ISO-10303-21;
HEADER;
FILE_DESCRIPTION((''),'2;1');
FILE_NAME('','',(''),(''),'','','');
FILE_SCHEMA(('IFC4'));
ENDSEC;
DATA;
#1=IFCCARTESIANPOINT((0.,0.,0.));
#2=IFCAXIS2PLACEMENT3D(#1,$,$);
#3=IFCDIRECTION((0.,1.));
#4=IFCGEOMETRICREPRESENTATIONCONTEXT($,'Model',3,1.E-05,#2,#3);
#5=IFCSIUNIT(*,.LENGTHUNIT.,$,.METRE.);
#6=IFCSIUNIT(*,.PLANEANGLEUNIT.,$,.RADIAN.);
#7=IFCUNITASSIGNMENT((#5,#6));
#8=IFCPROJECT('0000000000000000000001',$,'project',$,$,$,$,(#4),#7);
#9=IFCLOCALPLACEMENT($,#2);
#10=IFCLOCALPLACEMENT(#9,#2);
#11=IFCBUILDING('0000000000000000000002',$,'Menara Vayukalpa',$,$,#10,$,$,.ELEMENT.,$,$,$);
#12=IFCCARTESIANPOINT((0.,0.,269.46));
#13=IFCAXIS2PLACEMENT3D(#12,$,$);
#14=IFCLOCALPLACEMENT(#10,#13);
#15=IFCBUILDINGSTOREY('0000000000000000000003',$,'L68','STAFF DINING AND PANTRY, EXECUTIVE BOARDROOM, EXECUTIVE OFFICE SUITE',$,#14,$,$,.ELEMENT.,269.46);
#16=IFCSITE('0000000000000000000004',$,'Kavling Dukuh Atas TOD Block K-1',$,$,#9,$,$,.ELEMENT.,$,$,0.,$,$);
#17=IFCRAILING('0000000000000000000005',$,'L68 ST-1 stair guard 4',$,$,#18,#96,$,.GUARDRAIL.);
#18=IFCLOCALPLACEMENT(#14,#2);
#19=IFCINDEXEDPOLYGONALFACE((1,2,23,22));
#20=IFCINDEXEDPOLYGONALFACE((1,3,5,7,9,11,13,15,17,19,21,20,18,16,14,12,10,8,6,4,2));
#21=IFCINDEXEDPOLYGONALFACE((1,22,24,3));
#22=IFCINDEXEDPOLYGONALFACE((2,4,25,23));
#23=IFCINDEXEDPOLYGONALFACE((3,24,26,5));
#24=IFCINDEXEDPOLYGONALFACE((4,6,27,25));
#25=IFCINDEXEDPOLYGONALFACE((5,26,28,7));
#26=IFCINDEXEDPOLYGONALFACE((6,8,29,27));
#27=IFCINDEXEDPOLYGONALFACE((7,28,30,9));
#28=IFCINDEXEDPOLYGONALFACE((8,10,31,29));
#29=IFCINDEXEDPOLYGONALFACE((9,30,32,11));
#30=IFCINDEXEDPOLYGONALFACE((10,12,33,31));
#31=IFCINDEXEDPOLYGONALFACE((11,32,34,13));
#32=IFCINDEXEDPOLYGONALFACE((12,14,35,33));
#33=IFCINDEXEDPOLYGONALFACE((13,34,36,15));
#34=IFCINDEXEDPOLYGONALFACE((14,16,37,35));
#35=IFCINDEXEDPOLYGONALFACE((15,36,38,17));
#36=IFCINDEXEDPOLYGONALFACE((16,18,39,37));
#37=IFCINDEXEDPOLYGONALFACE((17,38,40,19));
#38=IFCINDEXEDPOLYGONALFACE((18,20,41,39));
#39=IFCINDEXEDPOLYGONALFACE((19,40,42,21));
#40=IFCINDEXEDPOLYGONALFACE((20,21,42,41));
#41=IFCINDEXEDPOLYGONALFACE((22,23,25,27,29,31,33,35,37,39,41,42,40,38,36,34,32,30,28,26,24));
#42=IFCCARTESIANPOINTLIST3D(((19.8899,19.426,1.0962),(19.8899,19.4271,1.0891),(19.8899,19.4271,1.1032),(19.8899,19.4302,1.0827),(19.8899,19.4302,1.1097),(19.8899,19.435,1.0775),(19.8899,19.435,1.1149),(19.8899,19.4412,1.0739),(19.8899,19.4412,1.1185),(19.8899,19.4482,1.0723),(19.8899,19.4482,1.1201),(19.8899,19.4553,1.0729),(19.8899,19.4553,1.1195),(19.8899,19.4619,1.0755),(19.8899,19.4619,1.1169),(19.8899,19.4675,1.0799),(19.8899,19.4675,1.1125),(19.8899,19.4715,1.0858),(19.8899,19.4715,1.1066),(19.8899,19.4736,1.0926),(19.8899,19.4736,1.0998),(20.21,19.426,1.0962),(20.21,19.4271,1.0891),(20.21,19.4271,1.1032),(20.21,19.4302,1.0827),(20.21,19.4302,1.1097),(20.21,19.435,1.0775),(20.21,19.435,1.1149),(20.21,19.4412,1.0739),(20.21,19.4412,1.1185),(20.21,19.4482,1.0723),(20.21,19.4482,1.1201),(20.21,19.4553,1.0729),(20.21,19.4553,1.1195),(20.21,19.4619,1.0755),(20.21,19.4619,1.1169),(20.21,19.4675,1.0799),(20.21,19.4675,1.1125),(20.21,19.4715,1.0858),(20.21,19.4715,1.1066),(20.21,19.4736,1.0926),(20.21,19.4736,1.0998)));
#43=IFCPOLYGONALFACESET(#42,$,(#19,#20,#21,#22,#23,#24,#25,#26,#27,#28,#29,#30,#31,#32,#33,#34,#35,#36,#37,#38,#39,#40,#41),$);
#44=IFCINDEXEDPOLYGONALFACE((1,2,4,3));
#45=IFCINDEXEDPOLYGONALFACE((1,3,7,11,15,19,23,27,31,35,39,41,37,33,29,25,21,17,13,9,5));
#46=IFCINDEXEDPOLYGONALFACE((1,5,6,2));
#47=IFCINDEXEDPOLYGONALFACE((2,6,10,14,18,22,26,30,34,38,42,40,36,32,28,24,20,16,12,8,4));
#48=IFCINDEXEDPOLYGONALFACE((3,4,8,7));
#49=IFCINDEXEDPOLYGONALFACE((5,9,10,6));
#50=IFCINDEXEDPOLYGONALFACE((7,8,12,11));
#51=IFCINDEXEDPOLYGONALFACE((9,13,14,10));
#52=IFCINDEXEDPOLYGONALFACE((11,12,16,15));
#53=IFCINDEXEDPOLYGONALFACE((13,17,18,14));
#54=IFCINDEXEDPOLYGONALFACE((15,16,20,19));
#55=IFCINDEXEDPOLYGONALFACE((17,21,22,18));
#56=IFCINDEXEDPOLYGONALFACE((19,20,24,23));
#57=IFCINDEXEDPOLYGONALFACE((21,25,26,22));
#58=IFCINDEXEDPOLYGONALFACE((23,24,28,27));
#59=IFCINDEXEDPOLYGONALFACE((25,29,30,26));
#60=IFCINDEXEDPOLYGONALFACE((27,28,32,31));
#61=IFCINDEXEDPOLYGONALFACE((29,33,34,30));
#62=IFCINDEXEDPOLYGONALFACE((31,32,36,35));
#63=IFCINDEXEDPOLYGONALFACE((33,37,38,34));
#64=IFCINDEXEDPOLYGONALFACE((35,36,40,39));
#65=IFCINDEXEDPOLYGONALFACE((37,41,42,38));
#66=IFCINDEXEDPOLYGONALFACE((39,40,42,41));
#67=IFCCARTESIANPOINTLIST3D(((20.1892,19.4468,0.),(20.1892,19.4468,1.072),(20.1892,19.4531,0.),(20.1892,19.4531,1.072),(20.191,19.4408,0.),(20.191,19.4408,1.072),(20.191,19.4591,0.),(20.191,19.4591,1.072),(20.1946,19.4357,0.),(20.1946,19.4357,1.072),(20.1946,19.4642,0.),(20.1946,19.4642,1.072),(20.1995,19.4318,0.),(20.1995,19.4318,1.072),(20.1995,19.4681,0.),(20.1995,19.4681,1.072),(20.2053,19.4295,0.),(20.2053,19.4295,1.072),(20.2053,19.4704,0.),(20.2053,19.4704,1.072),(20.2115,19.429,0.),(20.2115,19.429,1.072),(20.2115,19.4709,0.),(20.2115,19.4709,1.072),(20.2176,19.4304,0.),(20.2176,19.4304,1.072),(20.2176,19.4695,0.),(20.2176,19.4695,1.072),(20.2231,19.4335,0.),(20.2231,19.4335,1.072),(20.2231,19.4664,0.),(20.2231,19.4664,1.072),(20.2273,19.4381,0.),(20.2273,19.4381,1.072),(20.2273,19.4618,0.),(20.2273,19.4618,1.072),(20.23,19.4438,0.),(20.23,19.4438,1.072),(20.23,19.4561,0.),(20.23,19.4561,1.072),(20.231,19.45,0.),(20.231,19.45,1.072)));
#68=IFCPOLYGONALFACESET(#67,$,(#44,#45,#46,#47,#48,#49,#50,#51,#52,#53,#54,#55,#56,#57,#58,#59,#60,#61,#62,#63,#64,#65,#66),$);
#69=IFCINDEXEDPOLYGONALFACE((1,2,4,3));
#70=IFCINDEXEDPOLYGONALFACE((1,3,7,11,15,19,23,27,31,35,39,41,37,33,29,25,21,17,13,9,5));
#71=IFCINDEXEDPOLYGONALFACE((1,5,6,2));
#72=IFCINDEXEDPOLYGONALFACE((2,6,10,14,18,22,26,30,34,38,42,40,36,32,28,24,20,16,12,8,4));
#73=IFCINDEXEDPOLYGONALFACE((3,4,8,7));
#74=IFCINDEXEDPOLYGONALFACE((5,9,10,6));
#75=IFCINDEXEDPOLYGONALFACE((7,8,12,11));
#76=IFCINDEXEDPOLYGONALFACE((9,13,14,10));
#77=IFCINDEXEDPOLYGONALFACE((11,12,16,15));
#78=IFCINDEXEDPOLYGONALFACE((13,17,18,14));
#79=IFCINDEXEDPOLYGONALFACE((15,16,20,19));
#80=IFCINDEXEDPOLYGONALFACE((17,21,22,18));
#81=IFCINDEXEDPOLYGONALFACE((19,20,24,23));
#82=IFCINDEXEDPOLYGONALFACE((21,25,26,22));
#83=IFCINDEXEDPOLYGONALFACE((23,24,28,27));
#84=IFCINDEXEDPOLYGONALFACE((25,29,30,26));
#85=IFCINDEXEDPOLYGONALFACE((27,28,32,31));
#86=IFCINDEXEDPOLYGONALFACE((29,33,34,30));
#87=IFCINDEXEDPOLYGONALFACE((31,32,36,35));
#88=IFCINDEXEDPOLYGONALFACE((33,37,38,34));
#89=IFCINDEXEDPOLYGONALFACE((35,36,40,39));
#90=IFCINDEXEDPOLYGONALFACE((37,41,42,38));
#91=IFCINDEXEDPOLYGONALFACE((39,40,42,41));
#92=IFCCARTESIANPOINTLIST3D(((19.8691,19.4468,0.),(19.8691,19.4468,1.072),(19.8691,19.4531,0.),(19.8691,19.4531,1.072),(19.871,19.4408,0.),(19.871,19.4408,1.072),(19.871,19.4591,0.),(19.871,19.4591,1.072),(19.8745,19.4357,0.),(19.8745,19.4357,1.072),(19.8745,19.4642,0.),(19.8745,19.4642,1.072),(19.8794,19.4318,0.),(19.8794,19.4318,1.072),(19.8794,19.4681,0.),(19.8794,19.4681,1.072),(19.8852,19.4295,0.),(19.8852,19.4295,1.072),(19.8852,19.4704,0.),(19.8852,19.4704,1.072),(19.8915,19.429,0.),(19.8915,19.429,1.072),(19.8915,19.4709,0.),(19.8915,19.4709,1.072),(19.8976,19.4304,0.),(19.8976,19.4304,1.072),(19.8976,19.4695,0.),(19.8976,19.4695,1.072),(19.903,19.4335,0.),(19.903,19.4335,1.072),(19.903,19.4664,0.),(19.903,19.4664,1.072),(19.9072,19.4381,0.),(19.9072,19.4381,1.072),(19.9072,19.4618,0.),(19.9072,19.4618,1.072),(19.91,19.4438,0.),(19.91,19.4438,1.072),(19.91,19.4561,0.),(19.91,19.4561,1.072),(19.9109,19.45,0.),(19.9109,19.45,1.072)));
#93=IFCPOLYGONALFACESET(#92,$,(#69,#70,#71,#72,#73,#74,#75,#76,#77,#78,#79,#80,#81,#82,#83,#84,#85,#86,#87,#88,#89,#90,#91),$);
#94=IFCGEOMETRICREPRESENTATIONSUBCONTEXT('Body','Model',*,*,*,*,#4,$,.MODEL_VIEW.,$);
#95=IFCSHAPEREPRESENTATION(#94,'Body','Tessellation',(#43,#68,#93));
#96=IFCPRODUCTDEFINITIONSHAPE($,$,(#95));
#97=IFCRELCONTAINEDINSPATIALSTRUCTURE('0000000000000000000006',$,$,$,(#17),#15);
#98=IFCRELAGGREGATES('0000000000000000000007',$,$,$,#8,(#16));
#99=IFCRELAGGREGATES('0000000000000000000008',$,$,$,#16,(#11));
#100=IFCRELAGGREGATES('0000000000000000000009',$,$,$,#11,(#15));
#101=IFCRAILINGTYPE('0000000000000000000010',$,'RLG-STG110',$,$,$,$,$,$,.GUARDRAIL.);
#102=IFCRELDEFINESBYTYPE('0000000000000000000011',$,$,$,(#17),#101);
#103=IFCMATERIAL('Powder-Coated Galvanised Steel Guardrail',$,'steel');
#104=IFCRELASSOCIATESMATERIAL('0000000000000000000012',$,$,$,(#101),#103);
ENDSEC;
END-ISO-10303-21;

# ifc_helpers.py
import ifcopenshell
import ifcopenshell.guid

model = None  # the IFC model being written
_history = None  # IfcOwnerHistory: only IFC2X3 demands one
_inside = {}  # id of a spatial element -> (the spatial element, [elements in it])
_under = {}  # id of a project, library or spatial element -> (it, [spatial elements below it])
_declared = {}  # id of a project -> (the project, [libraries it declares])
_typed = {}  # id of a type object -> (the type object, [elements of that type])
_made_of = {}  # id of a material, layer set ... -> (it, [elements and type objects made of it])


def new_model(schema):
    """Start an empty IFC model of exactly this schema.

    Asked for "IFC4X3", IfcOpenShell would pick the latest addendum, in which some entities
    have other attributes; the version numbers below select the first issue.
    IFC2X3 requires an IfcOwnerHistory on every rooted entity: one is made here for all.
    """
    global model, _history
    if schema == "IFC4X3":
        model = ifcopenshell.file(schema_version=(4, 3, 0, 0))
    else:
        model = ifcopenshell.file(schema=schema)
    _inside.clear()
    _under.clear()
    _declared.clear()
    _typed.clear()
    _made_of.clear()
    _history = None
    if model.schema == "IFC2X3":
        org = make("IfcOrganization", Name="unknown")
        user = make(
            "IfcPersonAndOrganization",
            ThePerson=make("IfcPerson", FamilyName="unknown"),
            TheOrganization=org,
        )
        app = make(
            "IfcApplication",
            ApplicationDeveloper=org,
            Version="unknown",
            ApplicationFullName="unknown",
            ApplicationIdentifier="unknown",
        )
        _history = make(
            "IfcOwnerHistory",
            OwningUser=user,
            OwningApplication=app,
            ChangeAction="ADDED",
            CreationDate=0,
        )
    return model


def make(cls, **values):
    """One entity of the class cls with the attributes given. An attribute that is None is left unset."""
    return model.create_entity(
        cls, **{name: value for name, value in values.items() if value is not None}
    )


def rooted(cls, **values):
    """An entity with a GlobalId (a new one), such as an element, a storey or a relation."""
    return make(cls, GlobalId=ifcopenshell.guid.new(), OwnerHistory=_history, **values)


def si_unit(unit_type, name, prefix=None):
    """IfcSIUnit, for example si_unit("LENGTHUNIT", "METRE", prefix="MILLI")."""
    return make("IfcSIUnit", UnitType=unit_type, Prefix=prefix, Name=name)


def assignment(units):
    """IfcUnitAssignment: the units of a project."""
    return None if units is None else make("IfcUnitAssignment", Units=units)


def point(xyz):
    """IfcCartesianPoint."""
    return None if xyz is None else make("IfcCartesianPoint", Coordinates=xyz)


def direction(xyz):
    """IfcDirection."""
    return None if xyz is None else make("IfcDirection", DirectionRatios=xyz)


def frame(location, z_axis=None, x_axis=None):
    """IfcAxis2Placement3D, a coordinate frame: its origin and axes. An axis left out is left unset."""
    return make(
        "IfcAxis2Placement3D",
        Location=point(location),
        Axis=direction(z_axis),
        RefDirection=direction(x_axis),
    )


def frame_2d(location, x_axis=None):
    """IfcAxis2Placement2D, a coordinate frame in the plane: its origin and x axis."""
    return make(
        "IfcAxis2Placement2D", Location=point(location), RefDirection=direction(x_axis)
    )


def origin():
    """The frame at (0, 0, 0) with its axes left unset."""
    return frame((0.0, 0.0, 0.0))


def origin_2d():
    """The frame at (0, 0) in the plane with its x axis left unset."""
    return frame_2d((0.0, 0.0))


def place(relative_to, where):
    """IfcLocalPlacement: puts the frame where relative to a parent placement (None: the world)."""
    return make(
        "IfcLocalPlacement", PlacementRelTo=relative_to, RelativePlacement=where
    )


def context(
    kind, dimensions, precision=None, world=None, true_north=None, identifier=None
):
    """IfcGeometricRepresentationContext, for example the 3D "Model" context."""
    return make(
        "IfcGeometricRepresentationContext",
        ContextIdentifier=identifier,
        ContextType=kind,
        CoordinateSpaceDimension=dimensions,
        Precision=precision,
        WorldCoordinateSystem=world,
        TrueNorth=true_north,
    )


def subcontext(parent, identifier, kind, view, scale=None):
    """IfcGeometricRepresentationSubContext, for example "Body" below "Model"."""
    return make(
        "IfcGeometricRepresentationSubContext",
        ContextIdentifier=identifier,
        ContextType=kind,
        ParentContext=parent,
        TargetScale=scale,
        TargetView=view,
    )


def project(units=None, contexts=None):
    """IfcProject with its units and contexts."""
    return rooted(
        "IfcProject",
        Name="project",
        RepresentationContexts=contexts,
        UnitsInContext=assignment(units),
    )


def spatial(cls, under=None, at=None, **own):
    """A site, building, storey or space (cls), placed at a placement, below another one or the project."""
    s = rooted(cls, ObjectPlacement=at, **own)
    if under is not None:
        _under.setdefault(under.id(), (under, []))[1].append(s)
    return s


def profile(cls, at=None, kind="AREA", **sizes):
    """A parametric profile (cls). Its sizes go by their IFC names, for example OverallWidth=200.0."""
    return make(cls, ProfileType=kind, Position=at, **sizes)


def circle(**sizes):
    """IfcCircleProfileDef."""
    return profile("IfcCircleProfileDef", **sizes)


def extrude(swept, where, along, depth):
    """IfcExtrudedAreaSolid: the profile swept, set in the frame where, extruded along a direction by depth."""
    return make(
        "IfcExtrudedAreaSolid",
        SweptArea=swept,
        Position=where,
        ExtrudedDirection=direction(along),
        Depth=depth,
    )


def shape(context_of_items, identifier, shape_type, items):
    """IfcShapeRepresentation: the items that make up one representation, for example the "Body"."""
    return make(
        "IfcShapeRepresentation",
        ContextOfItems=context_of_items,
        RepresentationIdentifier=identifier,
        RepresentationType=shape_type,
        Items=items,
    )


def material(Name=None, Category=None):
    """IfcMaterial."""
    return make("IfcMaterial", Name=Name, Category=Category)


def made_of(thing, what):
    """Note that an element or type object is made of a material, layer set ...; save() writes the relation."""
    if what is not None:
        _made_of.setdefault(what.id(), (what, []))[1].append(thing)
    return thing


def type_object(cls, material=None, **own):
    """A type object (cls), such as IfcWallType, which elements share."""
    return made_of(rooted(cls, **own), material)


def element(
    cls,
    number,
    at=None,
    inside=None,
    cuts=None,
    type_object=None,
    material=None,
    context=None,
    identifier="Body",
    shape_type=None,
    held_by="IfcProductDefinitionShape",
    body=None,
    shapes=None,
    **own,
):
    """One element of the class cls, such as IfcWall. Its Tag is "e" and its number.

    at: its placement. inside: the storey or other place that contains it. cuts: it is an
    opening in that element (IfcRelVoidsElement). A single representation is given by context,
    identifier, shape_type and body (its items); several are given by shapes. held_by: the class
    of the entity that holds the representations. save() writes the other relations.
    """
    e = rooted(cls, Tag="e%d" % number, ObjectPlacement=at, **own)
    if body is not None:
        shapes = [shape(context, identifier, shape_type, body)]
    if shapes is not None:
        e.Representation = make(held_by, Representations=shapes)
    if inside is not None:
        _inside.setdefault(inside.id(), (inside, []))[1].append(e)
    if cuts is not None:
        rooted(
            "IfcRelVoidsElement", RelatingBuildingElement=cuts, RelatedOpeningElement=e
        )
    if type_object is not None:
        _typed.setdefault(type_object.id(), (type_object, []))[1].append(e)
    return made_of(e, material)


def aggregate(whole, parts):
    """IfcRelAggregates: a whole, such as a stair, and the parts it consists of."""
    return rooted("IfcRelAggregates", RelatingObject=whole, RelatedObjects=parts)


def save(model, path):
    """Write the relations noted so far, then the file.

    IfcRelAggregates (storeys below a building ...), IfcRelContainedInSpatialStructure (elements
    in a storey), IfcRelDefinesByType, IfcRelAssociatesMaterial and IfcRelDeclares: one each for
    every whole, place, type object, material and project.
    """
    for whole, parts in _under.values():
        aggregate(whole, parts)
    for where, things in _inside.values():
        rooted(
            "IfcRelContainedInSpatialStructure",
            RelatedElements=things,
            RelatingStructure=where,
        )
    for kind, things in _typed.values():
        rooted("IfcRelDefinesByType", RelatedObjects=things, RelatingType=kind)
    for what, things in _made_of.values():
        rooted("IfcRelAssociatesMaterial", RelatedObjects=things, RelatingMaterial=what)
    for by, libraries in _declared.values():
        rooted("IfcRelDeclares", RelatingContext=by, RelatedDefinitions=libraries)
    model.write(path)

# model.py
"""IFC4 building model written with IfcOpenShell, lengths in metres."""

from ifc_helpers import new_model, si_unit, direction, frame, origin, origin_2d, place, context, subcontext, project, spatial, circle, extrude, material, type_object, element, save


model = new_model("IFC4")

# Units and contexts
model_context = context("Model", 3, precision=1e-05, world=origin(), true_north=direction((0.0, 1.0)))
body_context = subcontext(model_context, "Body", "Model", "MODEL_VIEW")
ifc_project = project(units=[si_unit("LENGTHUNIT", "METRE"), si_unit("PLANEANGLEUNIT", "RADIAN")], contexts=[model_context])

# Site, building, storey
site_placement = place(None, origin())
site = spatial("IfcSite", under=ifc_project, at=site_placement, Name="Kavling Dukuh Atas TOD Block K-1", CompositionType="ELEMENT", RefElevation=0.0)
building_placement = place(site_placement, origin())
building = spatial("IfcBuilding", under=site, at=building_placement, Name="Menara Vayukalpa", CompositionType="ELEMENT")
storey_placement = place(building_placement, frame((0.0, 0.0, 269.46)))
storey = spatial("IfcBuildingStorey", under=building, at=storey_placement, Name="L68", Description="STAFF DINING AND PANTRY, EXECUTIVE BOARDROOM, EXECUTIVE OFFICE SUITE", CompositionType="ELEMENT", Elevation=269.46)

# Railing
ifc_material_1 = material(Name="Powder-Coated Galvanised Steel Guardrail", Category="steel")
railing_type_1 = type_object("IfcRailingType", Name="RLG-STG110", PredefinedType="GUARDRAIL", material=ifc_material_1)
railing_1_placement = place(storey_placement, frame((20.21, 19.45, 0.0)))
element("IfcRailing", 1, at=railing_1_placement, inside=storey, type_object=railing_type_1, Name="L68 ST-1 stair guard 4", PredefinedType="GUARDRAIL", context=body_context, shape_type="SweptSolid", body=[
    extrude(circle(Radius=0.0239, at=origin_2d()), frame((0.0, 0.0, 1.0962), z_axis=(-1.0, 0.0, 0.0), x_axis=(0.0, -1.0, 0.0)), (0.0, 0.0, 1.0), 0.3201),
    extrude(circle(Radius=0.021, at=origin_2d()), origin(), (0.0, 0.0, 1.0), 1.072),
    extrude(circle(Radius=0.021, at=origin_2d()), frame((-0.3201, 0.0, 0.0)), (0.0, 0.0, 1.0), 1.072),
])

save(model, "model.ifc")
